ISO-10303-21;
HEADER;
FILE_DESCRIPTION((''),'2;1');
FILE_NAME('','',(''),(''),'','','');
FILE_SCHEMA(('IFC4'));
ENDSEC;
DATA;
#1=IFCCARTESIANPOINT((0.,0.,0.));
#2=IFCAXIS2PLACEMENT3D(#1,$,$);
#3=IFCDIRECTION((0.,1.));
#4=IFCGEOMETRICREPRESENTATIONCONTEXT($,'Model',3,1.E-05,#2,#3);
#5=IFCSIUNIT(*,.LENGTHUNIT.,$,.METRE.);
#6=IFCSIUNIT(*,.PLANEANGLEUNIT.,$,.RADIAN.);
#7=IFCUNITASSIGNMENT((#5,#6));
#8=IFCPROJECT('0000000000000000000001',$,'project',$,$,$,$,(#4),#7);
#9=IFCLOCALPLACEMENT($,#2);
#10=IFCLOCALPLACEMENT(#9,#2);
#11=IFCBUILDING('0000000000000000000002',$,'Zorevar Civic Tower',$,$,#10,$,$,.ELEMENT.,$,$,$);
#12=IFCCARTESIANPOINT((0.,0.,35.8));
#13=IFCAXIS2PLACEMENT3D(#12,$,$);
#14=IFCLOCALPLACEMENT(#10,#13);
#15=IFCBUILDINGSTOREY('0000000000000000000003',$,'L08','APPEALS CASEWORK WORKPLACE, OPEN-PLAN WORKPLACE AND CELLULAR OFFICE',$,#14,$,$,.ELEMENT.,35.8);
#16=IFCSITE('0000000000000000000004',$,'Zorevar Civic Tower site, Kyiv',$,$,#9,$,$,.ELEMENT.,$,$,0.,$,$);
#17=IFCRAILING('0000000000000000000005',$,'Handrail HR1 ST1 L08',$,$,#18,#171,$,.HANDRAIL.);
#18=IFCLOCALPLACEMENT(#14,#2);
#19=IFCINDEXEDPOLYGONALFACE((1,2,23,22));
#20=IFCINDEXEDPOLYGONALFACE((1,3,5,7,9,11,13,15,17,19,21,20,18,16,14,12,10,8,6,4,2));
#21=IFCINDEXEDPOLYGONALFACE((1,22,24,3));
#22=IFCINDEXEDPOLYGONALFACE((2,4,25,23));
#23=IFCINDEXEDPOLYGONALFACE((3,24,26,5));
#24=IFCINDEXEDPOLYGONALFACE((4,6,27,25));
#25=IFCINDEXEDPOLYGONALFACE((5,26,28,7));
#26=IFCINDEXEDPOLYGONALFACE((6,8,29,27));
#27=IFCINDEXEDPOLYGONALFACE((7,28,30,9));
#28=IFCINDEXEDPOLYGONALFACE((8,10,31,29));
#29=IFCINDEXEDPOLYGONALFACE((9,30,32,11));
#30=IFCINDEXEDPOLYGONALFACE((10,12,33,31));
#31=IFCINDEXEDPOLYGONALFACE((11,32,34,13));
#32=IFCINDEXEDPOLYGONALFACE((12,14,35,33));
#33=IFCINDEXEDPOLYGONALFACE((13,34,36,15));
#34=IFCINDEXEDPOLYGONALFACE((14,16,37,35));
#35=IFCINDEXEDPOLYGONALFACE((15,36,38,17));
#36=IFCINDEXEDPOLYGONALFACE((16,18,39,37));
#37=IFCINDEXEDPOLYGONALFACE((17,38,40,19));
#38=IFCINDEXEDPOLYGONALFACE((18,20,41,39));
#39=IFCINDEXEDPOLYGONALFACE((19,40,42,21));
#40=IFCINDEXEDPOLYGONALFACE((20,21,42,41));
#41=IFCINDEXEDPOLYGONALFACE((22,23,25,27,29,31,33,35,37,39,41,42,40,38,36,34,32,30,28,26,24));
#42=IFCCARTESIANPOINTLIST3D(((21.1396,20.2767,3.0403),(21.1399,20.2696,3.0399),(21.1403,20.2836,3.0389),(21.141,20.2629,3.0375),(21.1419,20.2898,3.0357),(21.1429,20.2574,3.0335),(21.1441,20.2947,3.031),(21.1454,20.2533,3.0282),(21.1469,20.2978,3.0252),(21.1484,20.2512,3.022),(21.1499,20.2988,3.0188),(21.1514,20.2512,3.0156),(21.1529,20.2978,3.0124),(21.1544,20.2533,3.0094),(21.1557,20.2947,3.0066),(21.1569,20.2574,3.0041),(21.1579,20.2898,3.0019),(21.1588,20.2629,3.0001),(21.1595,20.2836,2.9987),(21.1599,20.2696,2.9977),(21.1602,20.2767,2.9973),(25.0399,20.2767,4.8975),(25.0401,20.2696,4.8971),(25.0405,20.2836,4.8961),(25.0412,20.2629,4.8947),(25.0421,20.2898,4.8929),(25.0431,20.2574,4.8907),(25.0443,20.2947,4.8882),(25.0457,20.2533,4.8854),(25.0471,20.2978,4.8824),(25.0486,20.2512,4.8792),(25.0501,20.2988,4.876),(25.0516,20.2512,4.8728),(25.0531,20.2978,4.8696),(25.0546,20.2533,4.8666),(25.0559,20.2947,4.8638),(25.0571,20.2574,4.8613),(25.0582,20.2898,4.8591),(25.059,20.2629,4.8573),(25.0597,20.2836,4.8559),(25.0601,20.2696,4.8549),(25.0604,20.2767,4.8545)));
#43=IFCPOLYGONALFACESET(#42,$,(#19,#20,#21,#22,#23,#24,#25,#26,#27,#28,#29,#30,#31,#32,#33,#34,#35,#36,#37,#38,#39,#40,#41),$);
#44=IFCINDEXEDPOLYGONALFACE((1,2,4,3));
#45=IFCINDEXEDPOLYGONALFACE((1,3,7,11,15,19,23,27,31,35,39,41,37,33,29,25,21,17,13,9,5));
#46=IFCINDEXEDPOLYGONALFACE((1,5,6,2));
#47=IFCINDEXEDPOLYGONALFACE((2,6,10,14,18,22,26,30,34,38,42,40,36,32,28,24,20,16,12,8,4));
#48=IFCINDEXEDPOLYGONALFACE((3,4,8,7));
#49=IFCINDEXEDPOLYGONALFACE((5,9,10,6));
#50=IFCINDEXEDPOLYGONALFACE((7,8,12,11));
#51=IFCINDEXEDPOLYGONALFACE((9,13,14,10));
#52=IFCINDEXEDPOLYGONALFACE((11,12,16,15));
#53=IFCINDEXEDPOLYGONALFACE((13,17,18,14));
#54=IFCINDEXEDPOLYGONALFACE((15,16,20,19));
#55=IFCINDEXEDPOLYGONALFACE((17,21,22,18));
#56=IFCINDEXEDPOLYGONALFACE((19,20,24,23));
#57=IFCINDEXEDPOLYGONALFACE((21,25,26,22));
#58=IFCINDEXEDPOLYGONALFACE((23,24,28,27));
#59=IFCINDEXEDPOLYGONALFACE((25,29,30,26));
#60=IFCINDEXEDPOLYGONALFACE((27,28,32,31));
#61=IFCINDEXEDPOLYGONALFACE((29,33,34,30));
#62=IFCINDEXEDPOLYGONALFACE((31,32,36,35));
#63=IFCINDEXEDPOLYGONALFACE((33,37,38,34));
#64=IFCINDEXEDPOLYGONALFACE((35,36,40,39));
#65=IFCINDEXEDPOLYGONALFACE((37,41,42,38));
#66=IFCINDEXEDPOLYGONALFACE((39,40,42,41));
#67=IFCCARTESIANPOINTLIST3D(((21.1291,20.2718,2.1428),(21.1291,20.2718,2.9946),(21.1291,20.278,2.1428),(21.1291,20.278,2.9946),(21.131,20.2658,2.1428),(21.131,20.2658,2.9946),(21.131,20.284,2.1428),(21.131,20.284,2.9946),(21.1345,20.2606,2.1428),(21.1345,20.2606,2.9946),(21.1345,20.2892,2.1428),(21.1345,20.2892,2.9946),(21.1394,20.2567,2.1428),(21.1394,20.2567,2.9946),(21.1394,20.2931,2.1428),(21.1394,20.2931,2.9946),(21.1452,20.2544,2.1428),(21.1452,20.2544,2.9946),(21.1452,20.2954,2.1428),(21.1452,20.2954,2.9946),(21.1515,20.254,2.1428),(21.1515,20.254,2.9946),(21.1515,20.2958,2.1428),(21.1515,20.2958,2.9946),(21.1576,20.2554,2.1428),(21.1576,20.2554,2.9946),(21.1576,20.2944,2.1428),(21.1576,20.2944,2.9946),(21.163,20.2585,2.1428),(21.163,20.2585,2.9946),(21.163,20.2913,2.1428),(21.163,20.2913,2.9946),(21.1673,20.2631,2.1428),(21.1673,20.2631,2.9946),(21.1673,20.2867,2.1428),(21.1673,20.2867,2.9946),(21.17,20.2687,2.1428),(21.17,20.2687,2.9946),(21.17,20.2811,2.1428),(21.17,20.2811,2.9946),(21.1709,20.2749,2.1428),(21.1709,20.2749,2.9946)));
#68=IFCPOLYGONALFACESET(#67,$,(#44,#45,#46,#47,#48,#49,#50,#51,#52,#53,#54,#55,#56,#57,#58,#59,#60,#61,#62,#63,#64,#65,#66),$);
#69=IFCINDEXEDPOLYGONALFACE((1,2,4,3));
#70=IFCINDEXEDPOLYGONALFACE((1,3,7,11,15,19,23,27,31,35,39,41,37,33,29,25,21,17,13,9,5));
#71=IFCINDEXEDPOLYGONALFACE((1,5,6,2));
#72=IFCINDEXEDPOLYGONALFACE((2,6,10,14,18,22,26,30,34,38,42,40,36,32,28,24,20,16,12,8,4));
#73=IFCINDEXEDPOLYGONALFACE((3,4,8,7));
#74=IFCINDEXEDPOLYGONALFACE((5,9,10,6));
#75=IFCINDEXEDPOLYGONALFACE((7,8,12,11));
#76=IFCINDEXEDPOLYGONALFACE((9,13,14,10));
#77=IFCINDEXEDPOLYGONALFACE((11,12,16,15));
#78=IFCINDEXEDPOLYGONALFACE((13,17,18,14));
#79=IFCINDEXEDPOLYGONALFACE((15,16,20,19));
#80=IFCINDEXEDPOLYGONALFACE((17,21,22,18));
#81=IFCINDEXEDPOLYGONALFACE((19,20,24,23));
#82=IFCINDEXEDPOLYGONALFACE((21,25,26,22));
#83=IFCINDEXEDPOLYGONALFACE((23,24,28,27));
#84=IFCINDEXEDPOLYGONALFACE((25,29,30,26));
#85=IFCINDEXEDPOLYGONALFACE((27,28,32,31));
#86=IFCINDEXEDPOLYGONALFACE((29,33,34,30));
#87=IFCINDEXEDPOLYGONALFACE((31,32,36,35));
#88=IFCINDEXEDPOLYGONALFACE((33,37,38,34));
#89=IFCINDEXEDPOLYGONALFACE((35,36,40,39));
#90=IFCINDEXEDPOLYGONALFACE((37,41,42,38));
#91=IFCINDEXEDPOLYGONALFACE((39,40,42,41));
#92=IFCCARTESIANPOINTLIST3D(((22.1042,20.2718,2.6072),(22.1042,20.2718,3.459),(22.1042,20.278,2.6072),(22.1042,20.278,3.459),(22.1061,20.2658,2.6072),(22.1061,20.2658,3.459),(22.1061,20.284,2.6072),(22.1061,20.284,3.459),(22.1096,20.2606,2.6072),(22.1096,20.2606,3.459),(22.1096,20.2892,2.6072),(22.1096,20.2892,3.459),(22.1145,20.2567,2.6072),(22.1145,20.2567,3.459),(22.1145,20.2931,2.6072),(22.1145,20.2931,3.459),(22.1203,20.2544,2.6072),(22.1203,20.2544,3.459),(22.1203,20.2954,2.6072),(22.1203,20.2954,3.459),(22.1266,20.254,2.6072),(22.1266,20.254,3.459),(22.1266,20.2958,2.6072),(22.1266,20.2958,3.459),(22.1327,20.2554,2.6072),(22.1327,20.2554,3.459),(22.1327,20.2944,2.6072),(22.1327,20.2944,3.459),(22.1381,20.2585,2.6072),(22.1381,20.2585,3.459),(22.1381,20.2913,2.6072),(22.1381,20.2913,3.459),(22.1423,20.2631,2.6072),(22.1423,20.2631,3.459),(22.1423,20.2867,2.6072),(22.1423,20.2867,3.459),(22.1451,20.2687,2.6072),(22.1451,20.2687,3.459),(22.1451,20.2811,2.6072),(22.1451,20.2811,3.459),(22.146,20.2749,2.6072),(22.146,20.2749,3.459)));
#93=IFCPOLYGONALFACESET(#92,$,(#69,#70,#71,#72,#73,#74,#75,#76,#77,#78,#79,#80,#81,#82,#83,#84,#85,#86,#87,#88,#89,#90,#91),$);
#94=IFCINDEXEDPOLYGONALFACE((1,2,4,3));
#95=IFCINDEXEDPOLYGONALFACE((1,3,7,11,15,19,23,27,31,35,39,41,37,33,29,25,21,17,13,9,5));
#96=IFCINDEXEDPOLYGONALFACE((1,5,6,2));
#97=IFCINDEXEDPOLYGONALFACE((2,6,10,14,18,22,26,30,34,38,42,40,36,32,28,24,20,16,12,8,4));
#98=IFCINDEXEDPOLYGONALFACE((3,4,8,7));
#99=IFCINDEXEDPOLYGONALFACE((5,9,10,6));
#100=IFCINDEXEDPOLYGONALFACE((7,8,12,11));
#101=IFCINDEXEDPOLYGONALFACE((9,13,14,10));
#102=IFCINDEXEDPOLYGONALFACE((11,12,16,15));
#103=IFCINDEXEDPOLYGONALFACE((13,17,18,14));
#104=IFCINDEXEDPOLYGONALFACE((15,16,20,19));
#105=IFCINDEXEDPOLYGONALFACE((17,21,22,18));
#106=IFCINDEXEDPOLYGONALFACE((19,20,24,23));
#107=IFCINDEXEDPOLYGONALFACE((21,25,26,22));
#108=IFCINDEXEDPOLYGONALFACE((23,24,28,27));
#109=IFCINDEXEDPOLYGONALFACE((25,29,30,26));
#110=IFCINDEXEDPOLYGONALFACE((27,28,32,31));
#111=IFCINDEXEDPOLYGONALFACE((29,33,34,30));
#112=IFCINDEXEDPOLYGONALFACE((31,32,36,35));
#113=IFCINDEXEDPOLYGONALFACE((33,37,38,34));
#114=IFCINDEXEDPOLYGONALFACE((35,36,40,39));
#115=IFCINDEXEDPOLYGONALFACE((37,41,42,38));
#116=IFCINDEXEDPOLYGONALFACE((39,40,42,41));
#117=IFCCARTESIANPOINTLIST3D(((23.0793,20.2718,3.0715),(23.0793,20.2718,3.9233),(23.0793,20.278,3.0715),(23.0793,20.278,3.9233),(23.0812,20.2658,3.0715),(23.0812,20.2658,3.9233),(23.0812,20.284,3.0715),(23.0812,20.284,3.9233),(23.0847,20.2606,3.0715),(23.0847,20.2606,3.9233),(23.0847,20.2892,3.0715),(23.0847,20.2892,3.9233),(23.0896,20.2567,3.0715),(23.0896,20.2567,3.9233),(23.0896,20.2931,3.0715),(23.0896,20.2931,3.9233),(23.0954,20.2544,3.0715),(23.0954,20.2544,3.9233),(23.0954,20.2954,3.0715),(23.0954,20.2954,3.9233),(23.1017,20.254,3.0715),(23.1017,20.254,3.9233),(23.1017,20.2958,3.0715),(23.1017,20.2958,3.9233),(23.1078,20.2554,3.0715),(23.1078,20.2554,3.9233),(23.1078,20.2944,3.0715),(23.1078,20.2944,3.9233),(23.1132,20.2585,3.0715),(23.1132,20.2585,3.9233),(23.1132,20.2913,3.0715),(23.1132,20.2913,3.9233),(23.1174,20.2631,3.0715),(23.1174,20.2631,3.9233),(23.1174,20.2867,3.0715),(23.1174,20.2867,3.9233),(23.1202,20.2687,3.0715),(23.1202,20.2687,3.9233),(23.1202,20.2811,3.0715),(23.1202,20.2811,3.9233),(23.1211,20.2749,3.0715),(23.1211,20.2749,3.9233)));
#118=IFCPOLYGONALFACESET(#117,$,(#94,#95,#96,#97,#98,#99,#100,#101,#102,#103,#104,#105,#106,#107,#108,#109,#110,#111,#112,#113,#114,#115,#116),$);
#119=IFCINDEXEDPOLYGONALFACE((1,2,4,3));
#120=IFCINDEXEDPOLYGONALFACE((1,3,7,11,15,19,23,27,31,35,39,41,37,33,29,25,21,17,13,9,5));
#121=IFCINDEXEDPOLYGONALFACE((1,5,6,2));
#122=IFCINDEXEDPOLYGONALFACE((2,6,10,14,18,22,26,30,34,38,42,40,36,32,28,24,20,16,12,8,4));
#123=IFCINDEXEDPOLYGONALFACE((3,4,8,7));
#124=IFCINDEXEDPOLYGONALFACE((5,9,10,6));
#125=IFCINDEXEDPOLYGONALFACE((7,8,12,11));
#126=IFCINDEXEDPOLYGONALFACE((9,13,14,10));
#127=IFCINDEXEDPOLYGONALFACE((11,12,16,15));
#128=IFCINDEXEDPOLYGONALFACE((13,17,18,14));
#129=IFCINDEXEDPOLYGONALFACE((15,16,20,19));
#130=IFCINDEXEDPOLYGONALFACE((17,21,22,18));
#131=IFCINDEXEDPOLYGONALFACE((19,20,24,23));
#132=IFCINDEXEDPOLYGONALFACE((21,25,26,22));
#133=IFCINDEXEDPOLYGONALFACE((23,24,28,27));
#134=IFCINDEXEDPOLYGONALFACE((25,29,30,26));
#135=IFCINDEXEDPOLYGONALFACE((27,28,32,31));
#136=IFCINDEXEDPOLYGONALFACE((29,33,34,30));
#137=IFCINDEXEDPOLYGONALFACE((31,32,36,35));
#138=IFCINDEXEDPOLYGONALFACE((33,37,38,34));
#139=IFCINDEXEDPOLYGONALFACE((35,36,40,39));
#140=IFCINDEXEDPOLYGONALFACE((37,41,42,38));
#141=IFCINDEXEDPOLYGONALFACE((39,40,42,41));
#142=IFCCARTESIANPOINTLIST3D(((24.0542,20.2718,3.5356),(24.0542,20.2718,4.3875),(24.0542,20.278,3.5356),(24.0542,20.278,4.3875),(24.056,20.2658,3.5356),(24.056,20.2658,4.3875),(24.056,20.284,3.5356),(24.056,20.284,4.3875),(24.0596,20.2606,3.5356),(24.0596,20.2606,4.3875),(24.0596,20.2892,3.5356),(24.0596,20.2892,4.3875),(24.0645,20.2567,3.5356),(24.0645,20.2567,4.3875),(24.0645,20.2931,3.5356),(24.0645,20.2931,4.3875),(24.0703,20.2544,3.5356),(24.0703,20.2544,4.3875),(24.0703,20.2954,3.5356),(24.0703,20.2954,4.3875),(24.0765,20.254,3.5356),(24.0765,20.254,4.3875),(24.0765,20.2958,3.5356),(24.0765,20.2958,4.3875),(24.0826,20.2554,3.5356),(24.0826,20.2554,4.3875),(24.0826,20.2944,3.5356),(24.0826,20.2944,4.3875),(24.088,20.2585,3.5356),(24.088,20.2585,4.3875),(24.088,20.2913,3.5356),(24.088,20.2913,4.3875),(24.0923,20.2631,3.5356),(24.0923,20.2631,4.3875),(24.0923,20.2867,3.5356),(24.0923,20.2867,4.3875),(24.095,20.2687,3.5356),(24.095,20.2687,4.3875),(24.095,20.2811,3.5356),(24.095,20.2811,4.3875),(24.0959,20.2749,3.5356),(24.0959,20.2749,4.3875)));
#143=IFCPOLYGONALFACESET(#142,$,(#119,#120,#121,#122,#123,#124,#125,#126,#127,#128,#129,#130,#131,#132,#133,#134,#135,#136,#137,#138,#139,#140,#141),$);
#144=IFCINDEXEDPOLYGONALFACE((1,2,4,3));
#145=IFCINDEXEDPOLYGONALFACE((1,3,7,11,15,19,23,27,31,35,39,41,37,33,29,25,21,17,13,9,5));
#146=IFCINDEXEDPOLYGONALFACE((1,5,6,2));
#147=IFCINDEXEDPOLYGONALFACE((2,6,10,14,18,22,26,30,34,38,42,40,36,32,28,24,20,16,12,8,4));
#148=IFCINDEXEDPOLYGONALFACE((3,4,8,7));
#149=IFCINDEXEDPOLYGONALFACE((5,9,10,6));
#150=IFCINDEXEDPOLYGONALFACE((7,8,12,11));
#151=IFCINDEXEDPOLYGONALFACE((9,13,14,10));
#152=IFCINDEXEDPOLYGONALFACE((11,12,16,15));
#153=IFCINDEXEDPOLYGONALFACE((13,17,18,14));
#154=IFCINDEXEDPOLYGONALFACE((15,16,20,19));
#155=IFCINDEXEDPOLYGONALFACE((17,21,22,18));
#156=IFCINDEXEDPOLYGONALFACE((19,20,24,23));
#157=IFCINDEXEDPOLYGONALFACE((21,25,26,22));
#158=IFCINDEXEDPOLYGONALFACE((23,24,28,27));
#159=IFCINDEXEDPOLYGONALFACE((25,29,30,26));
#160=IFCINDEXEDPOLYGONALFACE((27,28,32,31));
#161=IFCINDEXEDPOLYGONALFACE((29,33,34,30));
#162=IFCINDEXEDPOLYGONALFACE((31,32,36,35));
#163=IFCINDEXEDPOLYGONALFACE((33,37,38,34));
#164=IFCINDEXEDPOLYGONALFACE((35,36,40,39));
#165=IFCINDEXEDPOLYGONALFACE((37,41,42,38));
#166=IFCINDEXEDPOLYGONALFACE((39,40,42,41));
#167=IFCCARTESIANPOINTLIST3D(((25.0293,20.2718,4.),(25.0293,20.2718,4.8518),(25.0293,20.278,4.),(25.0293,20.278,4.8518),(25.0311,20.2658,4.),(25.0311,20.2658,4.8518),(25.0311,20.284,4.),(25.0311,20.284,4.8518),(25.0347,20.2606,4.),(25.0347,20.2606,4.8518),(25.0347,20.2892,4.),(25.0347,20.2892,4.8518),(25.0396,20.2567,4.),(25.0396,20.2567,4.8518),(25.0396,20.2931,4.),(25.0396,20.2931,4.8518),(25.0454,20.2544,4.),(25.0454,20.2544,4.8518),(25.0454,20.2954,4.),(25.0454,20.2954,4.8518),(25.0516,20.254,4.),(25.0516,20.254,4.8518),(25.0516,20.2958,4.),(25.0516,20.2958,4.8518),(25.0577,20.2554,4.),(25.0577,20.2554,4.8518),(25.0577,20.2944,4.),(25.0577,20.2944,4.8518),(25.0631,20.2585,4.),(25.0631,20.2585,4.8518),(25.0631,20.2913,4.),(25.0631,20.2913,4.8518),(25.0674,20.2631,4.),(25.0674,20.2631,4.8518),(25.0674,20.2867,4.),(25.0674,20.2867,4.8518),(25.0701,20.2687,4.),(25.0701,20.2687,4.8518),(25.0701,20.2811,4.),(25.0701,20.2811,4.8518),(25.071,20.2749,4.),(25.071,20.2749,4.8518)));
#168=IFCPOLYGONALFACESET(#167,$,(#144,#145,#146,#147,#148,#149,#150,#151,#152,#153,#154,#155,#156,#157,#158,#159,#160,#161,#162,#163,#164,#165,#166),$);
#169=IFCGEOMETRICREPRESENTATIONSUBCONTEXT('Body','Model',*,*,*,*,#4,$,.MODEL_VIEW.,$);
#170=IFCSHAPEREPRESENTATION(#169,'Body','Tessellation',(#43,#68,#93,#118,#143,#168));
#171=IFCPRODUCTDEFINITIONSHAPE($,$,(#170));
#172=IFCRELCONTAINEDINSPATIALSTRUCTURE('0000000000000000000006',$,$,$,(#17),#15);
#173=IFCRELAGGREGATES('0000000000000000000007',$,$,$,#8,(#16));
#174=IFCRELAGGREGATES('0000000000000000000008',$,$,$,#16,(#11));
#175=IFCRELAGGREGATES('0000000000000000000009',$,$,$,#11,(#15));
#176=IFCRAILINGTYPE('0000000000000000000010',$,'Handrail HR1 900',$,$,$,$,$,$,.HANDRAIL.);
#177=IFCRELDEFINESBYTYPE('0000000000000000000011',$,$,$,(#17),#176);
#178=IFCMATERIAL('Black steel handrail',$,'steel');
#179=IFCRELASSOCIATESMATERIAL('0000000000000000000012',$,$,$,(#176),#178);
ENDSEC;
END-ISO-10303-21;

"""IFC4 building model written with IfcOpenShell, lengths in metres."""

from ifc_helpers import new_model, si_unit, direction, frame, origin, origin_2d, place, context, subcontext, project, spatial, circle, extrude, material, type_object, element, save


model = new_model("IFC4")

# Units and contexts
model_context = context("Model", 3, precision=1e-05, world=origin(), true_north=direction((0.0, 1.0)))
body_context = subcontext(model_context, "Body", "Model", "MODEL_VIEW")
ifc_project = project(units=[si_unit("LENGTHUNIT", "METRE"), si_unit("PLANEANGLEUNIT", "RADIAN")], contexts=[model_context])

# Site, building, storey
site_placement = place(None, origin())
site = spatial("IfcSite", under=ifc_project, at=site_placement, Name="Zorevar Civic Tower site, Kyiv", CompositionType="ELEMENT", RefElevation=0.0)
building_placement = place(site_placement, origin())
building = spatial("IfcBuilding", under=site, at=building_placement, Name="Zorevar Civic Tower", CompositionType="ELEMENT")
storey_placement = place(building_placement, frame((0.0, 0.0, 35.8)))
storey = spatial("IfcBuildingStorey", under=building, at=storey_placement, Name="L08", Description="APPEALS CASEWORK WORKPLACE, OPEN-PLAN WORKPLACE AND CELLULAR OFFICE", CompositionType="ELEMENT", Elevation=35.8)

# Railing
ifc_material_1 = material(Name="Black steel handrail", Category="steel")
railing_type = type_object("IfcRailingType", Name="Handrail HR1 900", PredefinedType="HANDRAIL", material=ifc_material_1)
railing_1_placement = place(storey_placement, frame((21.1499, 20.2749, 2.1428)))
element("IfcRailing", 1, at=railing_1_placement, inside=storey, type_object=railing_type, Name="Handrail HR1 ST1 L08", PredefinedType="HANDRAIL", context=body_context, shape_type="SweptSolid", body=[
    extrude(circle(Radius=0.0239, at=origin_2d()), frame((0.0, 0.0, 0.876), z_axis=(0.902864, 0.0, 0.429927), x_axis=(0.0, 1.0, 0.0)), (0.0, 0.0, 1.0), 4.3198),
    extrude(circle(Radius=0.021, at=origin_2d()), origin(), (0.0, 0.0, 1.0), 0.8518),
    extrude(circle(Radius=0.021, at=origin_2d()), frame((0.9751, 0.0, 0.4644)), (0.0, 0.0, 1.0), 0.8518),
    extrude(circle(Radius=0.021, at=origin_2d()), frame((1.9502, 0.0, 0.9287)), (0.0, 0.0, 1.0), 0.8518),
    extrude(circle(Radius=0.021, at=origin_2d()), frame((2.925, 0.0, 1.3928)), (0.0, 0.0, 1.0), 0.8518),
    extrude(circle(Radius=0.021, at=origin_2d()), frame((3.9001, 0.0, 1.8572)), (0.0, 0.0, 1.0), 0.8518),
])

save(model, "model.ifc")
